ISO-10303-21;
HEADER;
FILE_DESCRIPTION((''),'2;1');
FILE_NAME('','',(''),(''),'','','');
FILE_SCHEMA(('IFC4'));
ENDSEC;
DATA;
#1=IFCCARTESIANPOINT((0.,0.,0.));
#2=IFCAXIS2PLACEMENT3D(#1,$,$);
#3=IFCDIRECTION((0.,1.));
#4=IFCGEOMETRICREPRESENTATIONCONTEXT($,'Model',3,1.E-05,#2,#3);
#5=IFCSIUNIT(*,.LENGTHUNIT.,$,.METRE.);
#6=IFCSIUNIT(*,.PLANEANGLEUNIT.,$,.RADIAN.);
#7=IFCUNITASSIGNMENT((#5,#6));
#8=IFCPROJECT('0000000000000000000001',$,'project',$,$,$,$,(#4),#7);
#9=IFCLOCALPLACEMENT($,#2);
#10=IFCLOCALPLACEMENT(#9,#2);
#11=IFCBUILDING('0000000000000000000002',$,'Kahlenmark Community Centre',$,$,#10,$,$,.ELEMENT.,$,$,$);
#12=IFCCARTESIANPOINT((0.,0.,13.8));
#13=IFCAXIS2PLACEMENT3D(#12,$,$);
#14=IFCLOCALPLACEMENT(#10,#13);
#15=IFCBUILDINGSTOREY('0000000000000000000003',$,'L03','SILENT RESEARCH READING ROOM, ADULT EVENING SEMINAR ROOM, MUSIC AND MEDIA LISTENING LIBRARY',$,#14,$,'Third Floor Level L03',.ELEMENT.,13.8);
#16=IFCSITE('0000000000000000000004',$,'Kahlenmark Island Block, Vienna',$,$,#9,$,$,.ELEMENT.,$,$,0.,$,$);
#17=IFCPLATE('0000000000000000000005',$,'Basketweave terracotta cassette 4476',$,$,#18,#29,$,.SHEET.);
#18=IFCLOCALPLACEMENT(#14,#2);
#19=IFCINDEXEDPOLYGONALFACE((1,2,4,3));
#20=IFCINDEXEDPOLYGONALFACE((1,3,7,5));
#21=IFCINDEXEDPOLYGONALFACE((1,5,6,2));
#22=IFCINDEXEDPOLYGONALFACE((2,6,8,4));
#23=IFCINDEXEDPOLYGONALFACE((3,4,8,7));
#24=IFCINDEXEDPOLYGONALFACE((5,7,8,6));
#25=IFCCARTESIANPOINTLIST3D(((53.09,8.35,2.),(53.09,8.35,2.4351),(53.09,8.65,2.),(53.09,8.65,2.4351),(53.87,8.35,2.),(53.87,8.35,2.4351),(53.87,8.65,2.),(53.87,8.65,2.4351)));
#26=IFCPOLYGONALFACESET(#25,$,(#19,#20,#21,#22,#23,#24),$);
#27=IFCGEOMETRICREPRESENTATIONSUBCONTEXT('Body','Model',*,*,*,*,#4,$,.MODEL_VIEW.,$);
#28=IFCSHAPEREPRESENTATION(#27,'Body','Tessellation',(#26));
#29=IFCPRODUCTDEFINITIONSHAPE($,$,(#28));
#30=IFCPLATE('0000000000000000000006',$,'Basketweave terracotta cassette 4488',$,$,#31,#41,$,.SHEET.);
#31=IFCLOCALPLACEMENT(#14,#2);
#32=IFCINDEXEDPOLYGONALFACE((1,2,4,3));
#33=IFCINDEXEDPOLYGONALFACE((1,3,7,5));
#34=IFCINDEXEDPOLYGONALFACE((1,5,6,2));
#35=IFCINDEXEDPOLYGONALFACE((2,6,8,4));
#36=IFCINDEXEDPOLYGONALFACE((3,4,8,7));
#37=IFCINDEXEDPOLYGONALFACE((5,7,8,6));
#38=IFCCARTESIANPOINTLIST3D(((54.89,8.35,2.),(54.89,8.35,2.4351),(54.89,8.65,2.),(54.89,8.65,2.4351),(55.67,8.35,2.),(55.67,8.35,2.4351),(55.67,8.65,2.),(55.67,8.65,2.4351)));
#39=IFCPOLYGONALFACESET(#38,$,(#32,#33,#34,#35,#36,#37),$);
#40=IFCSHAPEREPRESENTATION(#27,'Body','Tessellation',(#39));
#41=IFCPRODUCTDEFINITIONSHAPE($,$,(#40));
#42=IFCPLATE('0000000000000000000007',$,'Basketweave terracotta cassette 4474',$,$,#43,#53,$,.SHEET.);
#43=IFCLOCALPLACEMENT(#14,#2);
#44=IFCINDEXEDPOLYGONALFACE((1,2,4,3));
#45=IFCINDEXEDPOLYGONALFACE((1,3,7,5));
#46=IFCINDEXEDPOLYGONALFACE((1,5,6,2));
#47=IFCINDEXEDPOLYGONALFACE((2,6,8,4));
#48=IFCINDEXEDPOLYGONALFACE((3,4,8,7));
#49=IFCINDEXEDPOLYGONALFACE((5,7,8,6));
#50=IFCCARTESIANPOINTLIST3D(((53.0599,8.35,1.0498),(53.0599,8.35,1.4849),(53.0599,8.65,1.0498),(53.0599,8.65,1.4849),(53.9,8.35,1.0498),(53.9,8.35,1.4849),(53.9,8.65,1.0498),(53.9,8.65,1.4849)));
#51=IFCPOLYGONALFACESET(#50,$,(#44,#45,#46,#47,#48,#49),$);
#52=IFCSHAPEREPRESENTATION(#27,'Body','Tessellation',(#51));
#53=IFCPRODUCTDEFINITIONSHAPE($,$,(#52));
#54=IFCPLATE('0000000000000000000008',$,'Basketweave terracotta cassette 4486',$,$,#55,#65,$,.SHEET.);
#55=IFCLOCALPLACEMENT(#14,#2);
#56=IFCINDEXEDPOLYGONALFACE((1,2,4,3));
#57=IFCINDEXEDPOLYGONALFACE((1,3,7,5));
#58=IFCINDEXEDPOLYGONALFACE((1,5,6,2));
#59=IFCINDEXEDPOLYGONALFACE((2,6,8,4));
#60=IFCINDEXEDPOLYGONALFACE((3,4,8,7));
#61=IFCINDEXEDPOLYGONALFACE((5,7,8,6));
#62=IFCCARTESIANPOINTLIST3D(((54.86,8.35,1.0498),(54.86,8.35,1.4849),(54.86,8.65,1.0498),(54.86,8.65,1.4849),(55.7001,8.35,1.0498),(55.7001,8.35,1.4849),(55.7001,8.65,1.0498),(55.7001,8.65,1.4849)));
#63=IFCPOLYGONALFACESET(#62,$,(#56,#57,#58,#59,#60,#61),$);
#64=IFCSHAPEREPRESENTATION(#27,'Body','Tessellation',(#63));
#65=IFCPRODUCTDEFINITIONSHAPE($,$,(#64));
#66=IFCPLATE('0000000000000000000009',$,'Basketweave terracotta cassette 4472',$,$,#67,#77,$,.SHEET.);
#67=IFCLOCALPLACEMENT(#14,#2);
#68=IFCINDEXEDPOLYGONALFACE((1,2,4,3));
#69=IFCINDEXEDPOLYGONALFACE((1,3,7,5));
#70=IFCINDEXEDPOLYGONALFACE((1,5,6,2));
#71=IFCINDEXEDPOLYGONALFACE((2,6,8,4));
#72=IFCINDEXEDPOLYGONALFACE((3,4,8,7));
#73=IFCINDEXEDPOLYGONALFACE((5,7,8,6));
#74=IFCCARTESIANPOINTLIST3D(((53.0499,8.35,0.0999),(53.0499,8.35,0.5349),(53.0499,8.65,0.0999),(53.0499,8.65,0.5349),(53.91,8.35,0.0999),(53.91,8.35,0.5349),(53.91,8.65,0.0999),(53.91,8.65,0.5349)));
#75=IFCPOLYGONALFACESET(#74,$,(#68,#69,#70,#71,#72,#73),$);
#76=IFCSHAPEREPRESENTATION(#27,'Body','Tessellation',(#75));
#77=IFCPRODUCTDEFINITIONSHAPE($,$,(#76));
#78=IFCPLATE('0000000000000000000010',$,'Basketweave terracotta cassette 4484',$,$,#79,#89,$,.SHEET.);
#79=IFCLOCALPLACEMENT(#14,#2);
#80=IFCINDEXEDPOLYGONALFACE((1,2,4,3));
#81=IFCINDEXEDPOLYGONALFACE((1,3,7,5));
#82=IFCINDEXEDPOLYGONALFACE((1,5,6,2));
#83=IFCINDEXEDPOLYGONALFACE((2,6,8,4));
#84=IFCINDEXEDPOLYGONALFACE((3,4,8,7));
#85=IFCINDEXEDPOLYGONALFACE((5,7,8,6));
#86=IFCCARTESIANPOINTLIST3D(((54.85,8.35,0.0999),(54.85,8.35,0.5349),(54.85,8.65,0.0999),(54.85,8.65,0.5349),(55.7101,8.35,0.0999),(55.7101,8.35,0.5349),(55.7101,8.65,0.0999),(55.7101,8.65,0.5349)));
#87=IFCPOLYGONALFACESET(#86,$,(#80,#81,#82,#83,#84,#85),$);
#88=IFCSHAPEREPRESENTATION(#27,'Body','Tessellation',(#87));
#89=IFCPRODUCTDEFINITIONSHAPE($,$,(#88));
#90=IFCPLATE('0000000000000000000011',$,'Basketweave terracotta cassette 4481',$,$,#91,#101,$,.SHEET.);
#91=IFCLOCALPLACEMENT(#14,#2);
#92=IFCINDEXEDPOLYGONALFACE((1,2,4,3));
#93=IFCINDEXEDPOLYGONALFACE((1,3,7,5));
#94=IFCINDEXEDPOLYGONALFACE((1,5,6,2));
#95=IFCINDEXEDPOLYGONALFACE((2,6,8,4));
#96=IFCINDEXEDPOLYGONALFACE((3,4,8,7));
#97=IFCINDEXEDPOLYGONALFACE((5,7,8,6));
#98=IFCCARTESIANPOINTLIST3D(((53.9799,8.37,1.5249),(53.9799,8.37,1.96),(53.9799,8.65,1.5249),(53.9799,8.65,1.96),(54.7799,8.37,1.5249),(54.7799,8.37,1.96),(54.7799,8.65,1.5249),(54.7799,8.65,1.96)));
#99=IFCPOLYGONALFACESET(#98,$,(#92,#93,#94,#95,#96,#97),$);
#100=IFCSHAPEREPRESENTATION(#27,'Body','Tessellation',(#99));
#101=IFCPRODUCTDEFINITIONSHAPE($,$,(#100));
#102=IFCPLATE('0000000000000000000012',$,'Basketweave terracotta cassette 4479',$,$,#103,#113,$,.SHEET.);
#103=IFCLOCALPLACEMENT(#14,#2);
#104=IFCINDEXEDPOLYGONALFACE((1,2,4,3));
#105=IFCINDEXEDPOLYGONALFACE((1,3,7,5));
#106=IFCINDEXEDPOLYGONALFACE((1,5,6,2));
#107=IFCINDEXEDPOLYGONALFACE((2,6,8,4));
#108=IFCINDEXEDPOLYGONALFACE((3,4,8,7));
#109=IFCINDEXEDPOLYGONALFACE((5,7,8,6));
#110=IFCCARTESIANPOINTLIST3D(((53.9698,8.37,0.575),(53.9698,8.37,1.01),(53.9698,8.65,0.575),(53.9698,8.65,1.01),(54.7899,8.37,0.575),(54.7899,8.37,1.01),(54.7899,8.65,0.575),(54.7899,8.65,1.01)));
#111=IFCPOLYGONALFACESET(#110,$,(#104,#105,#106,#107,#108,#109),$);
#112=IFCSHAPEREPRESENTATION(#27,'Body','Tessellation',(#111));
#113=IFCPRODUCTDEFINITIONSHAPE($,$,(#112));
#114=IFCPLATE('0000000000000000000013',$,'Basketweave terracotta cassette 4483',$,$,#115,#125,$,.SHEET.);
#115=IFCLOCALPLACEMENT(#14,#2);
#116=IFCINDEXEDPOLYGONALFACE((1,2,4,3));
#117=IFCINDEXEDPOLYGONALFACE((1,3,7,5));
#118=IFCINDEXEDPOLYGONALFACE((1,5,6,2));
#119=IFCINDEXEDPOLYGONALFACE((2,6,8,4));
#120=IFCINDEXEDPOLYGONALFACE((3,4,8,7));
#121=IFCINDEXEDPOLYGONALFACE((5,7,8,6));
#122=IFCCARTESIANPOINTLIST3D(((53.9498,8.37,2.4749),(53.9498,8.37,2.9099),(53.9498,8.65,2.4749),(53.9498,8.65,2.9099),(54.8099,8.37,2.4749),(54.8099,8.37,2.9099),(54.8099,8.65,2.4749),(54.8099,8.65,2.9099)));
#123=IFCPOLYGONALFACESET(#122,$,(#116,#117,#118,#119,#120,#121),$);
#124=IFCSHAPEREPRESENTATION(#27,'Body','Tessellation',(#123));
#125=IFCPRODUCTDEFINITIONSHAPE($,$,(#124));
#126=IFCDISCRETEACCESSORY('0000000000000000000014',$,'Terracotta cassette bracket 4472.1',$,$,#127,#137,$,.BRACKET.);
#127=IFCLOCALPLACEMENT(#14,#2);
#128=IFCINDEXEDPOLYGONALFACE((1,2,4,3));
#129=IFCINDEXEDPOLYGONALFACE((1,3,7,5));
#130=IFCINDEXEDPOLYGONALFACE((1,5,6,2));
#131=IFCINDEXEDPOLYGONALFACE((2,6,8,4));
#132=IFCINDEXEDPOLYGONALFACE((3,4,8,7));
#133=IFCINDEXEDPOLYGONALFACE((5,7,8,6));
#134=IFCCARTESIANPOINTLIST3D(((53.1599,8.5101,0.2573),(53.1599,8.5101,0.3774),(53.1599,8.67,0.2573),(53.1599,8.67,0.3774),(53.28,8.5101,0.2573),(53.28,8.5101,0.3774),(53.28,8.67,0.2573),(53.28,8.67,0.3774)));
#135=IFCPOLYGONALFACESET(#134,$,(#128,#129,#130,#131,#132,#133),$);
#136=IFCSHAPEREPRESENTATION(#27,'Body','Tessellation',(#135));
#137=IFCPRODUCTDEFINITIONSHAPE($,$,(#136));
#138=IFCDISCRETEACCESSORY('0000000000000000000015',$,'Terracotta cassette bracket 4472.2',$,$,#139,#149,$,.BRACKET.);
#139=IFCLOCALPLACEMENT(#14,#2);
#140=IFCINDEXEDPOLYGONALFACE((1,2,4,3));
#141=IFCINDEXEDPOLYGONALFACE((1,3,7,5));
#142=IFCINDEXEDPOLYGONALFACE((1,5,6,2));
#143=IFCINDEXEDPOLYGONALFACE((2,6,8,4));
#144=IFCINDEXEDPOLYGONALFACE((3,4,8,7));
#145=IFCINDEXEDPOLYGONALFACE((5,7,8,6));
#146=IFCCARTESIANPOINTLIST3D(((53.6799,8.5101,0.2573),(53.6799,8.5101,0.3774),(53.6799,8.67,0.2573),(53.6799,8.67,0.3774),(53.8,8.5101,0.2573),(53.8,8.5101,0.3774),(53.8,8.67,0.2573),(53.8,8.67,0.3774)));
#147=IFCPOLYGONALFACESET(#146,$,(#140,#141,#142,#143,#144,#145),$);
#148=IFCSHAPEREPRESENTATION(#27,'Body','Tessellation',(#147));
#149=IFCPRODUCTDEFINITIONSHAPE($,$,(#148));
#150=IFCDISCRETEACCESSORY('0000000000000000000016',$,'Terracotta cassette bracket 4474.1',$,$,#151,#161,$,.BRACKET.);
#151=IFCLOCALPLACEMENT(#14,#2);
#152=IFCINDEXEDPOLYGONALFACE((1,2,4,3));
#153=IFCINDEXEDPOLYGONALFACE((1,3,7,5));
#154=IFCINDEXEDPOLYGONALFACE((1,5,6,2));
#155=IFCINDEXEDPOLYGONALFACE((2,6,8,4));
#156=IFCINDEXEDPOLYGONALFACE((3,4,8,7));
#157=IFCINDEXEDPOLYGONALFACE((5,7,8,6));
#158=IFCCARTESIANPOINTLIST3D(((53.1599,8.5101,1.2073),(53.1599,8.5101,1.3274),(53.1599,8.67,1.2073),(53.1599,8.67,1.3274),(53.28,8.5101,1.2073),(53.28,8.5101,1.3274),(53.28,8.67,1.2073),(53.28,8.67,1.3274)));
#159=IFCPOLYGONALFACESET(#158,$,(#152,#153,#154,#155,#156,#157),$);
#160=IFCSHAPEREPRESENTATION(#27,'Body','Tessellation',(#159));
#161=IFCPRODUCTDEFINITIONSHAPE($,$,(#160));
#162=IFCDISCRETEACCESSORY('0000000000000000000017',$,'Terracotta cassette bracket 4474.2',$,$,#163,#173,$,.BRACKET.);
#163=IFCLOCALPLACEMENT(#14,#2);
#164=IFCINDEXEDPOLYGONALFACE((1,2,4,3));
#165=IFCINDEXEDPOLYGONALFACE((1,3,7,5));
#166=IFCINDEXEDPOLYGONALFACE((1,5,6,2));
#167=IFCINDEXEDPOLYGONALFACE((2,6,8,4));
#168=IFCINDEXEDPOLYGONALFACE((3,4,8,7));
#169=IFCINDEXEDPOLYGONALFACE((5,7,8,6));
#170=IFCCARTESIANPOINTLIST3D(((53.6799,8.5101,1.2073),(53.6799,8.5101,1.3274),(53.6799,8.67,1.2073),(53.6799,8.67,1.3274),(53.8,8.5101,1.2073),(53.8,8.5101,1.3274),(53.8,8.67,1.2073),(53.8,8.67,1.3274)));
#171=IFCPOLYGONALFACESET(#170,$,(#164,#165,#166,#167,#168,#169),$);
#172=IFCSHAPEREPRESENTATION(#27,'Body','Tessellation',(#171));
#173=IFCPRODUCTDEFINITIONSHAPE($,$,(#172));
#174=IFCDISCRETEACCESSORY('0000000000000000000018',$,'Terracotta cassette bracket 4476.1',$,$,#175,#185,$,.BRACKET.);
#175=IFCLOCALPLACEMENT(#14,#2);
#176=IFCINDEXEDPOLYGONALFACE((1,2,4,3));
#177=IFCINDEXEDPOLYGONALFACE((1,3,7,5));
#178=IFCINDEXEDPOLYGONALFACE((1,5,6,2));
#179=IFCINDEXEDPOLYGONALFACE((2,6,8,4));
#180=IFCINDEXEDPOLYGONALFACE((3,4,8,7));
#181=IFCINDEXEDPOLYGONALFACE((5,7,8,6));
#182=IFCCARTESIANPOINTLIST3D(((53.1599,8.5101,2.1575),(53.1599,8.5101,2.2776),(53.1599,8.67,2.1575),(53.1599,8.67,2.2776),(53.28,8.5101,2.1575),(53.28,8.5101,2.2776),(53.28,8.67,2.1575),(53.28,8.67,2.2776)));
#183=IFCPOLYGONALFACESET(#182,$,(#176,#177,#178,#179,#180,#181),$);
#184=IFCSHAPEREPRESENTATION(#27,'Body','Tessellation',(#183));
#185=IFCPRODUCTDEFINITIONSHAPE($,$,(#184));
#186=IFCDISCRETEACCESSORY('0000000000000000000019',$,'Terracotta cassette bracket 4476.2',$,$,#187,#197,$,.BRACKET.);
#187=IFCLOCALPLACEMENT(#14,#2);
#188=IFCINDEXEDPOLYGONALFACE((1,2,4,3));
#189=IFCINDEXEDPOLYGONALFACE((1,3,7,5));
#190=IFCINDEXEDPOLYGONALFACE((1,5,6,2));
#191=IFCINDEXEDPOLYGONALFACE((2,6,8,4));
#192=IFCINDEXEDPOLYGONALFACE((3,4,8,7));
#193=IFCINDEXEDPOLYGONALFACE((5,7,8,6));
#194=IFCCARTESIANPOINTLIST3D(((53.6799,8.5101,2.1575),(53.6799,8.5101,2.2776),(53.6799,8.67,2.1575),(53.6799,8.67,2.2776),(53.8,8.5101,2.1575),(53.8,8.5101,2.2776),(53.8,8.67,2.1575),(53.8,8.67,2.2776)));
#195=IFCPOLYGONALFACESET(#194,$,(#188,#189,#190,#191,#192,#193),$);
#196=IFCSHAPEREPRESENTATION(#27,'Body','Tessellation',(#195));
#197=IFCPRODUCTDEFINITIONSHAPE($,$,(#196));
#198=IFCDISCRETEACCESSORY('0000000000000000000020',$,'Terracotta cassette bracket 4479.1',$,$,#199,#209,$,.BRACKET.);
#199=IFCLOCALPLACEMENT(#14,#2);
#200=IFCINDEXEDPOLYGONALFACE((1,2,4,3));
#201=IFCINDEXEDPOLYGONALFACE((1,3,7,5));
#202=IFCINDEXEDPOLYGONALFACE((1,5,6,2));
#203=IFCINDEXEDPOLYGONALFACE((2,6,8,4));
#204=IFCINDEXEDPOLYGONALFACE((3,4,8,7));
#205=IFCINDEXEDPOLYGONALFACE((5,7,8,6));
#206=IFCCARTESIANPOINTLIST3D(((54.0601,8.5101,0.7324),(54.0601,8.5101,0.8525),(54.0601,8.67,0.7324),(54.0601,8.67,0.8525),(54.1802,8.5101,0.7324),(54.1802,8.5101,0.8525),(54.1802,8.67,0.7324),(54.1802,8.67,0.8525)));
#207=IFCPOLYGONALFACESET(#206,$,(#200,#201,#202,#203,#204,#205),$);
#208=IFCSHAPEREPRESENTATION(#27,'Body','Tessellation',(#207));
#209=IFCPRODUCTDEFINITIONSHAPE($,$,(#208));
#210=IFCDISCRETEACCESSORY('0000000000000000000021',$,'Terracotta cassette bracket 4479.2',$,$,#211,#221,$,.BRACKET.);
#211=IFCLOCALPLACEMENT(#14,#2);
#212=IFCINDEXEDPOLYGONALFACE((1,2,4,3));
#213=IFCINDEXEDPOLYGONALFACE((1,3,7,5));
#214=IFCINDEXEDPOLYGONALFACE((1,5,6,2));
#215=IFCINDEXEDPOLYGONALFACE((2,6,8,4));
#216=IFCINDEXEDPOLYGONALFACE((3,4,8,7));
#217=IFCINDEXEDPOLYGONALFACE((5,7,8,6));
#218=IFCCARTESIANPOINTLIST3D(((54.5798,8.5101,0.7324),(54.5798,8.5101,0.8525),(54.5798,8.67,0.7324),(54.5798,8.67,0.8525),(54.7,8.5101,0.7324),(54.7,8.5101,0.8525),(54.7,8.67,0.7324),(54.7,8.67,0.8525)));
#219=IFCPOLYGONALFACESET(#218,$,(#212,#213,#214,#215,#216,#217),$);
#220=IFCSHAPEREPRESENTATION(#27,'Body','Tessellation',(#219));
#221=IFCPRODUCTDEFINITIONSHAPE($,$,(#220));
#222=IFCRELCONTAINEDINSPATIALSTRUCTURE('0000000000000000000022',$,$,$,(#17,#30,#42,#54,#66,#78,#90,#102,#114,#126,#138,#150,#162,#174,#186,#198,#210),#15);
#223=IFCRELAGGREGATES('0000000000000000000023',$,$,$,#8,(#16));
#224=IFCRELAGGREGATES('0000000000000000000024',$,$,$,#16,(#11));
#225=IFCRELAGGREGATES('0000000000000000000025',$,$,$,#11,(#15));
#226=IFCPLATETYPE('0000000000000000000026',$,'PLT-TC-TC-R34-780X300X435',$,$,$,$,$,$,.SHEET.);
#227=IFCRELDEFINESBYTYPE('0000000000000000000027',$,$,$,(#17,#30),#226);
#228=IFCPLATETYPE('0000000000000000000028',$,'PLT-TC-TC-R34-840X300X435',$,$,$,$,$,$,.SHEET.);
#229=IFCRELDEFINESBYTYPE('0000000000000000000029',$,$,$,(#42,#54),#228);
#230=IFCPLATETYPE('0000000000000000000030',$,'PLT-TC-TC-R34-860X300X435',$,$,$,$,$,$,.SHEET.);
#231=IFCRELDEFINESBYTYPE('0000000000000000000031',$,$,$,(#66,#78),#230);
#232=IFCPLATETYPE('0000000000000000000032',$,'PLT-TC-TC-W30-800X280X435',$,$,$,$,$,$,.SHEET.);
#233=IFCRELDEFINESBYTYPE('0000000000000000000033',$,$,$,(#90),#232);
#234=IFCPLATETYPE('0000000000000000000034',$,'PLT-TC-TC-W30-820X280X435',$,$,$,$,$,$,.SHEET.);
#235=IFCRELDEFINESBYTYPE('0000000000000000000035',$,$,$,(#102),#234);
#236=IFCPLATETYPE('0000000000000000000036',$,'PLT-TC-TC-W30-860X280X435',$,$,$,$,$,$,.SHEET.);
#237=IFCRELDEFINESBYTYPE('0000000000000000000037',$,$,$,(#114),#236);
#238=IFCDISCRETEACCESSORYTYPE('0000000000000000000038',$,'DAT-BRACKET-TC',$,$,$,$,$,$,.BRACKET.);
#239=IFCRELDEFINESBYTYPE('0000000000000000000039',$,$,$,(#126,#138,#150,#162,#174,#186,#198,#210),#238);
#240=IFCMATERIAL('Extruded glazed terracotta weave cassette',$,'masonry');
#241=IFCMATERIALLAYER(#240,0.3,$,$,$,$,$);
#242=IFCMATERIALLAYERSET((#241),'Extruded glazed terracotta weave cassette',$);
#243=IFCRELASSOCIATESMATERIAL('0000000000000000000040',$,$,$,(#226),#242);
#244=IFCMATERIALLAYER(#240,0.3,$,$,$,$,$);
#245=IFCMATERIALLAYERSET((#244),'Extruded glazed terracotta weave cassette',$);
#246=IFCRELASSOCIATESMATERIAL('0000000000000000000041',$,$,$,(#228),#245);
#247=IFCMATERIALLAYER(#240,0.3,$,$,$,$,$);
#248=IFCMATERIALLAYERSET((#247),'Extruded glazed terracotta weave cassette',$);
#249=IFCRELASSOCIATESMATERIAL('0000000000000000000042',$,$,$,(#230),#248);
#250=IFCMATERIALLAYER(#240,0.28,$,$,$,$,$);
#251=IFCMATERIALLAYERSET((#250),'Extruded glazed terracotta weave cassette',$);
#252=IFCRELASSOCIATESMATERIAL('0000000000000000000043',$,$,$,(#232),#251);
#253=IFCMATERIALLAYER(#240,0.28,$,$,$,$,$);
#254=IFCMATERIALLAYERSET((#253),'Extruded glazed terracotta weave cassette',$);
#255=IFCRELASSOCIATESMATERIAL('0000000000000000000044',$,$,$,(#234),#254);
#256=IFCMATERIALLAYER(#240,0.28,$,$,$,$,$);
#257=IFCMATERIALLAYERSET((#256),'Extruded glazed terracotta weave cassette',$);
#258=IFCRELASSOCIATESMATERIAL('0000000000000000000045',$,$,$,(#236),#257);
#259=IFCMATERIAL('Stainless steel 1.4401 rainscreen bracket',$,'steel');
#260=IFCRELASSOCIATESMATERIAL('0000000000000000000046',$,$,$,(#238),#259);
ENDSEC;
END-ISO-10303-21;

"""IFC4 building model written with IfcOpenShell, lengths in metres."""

from ifc_helpers import new_model, si_unit, direction, frame, origin, origin_2d, place, context, subcontext, project, spatial, rectangle, extrude, material, layer, layer_set, type_object, element, save


model = new_model("IFC4")

# Units and contexts
model_context = context("Model", 3, precision=1e-05, world=origin(), true_north=direction((0.0, 1.0)))
body_context = subcontext(model_context, "Body", "Model", "MODEL_VIEW")
ifc_project = project(units=[si_unit("LENGTHUNIT", "METRE"), si_unit("PLANEANGLEUNIT", "RADIAN")], contexts=[model_context])

# Site, building, storey
site_placement = place(None, origin())
site = spatial("IfcSite", under=ifc_project, at=site_placement, Name="Kahlenmark Island Block, Vienna", CompositionType="ELEMENT", RefElevation=0.0)
building_placement = place(site_placement, origin())
building = spatial("IfcBuilding", under=site, at=building_placement, Name="Kahlenmark Community Centre", CompositionType="ELEMENT")
storey_placement = place(building_placement, frame((0.0, 0.0, 13.8)))
storey = spatial("IfcBuildingStorey", under=building, at=storey_placement, Name="L03", Description="SILENT RESEARCH READING ROOM, ADULT EVENING SEMINAR ROOM, MUSIC AND MEDIA LISTENING LIBRARY", LongName="Third Floor Level L03", CompositionType="ELEMENT", Elevation=13.8)

# Plates
ifc_material_1 = material(Name="Extruded glazed terracotta weave cassette", Category="masonry")
ifc_layer_1 = layer(ifc_material_1, 0.3)
ifc_layer_set_1 = layer_set([ifc_layer_1], Name="Extruded glazed terracotta weave cassette")
plate_type_1 = type_object("IfcPlateType", Name="PLT-TC-TC-R34-780X300X435", PredefinedType="SHEET", material=ifc_layer_set_1)
for number, where, z_axis, x_axis, name in (
    (1, (53.48, 8.5, 2.0), (0.0, 0.0, 1.0), (1.0, 0.0, 0.0), "Basketweave terracotta cassette 4476"),
    (2, (55.28, 8.5, 2.0), (0.0, 0.0, 1.0), (1.0, 0.0, 0.0), "Basketweave terracotta cassette 4488"),
):
    element("IfcPlate", number, at=place(storey_placement, frame(where, z_axis=z_axis, x_axis=x_axis)), inside=storey, type_object=plate_type_1, Name=name, PredefinedType="SHEET", context=body_context, shape_type="SweptSolid", body=[
        extrude(rectangle(XDim=0.78, YDim=0.3, at=origin_2d()), origin(), (0.0, 0.0, 1.0), 0.4351),
    ])
ifc_layer_2 = layer(ifc_material_1, 0.3)
ifc_layer_set_2 = layer_set([ifc_layer_2], Name="Extruded glazed terracotta weave cassette")
plate_type_2 = type_object("IfcPlateType", Name="PLT-TC-TC-R34-840X300X435", PredefinedType="SHEET", material=ifc_layer_set_2)
for number, where, z_axis, x_axis, name in (
    (3, (53.48, 8.5, 1.0498), (0.0, 0.0, 1.0), (1.0, 0.0, 0.0), "Basketweave terracotta cassette 4474"),
    (4, (55.28, 8.5, 1.0498), (0.0, 0.0, 1.0), (1.0, 0.0, 0.0), "Basketweave terracotta cassette 4486"),
):
    element("IfcPlate", number, at=place(storey_placement, frame(where, z_axis=z_axis, x_axis=x_axis)), inside=storey, type_object=plate_type_2, Name=name, PredefinedType="SHEET", context=body_context, shape_type="SweptSolid", body=[
        extrude(rectangle(XDim=0.8401, YDim=0.3, at=origin_2d()), origin(), (0.0, 0.0, 1.0), 0.4351),
    ])
ifc_layer_3 = layer(ifc_material_1, 0.3)
ifc_layer_set_3 = layer_set([ifc_layer_3], Name="Extruded glazed terracotta weave cassette")
plate_type_3 = type_object("IfcPlateType", Name="PLT-TC-TC-R34-860X300X435", PredefinedType="SHEET", material=ifc_layer_set_3)
for number, where, z_axis, x_axis, name in (
    (5, (53.48, 8.5, 0.0999), (0.0, 0.0, 1.0), (1.0, 0.0, 0.0), "Basketweave terracotta cassette 4472"),
    (6, (55.28, 8.5, 0.0999), (0.0, 0.0, 1.0), (1.0, 0.0, 0.0), "Basketweave terracotta cassette 4484"),
):
    element("IfcPlate", number, at=place(storey_placement, frame(where, z_axis=z_axis, x_axis=x_axis)), inside=storey, type_object=plate_type_3, Name=name, PredefinedType="SHEET", context=body_context, shape_type="SweptSolid", body=[
        extrude(rectangle(XDim=0.8601, YDim=0.3, at=origin_2d()), origin(), (0.0, 0.0, 1.0), 0.4351),
    ])
ifc_layer_4 = layer(ifc_material_1, 0.28)
ifc_layer_set_4 = layer_set([ifc_layer_4], Name="Extruded glazed terracotta weave cassette")
plate_type_4 = type_object("IfcPlateType", Name="PLT-TC-TC-W30-800X280X435", PredefinedType="SHEET", material=ifc_layer_set_4)
plate_1_placement = place(storey_placement, frame((54.3799, 8.51, 1.5249), z_axis=(0.0, 0.0, 1.0), x_axis=(1.0, 0.0, 0.0)))
element("IfcPlate", 7, at=plate_1_placement, inside=storey, type_object=plate_type_4, Name="Basketweave terracotta cassette 4481", PredefinedType="SHEET", context=body_context, shape_type="SweptSolid", body=[
    extrude(rectangle(XDim=0.8, YDim=0.28, at=origin_2d()), origin(), (0.0, 0.0, 1.0), 0.4351),
])
ifc_layer_5 = layer(ifc_material_1, 0.28)
ifc_layer_set_5 = layer_set([ifc_layer_5], Name="Extruded glazed terracotta weave cassette")
plate_type_5 = type_object("IfcPlateType", Name="PLT-TC-TC-W30-820X280X435", PredefinedType="SHEET", material=ifc_layer_set_5)
plate_2_placement = place(storey_placement, frame((54.3799, 8.51, 0.575), z_axis=(0.0, 0.0, 1.0), x_axis=(1.0, 0.0, 0.0)))
element("IfcPlate", 8, at=plate_2_placement, inside=storey, type_object=plate_type_5, Name="Basketweave terracotta cassette 4479", PredefinedType="SHEET", context=body_context, shape_type="SweptSolid", body=[
    extrude(rectangle(XDim=0.8201, YDim=0.28, at=origin_2d()), origin(), (0.0, 0.0, 1.0), 0.4351),
])
ifc_layer_6 = layer(ifc_material_1, 0.28)
ifc_layer_set_6 = layer_set([ifc_layer_6], Name="Extruded glazed terracotta weave cassette")
plate_type_6 = type_object("IfcPlateType", Name="PLT-TC-TC-W30-860X280X435", PredefinedType="SHEET", material=ifc_layer_set_6)
plate_3_placement = place(storey_placement, frame((54.3799, 8.51, 2.4749), z_axis=(0.0, 0.0, 1.0), x_axis=(1.0, 0.0, 0.0)))
element("IfcPlate", 9, at=plate_3_placement, inside=storey, type_object=plate_type_6, Name="Basketweave terracotta cassette 4483", PredefinedType="SHEET", context=body_context, shape_type="SweptSolid", body=[
    extrude(rectangle(XDim=0.8601, YDim=0.28, at=origin_2d()), origin(), (0.0, 0.0, 1.0), 0.4351),
])

# Discrete accessories
ifc_material_2 = material(Name="Stainless steel 1.4401 rainscreen bracket", Category="steel")
discrete_accessory_type = type_object("IfcDiscreteAccessoryType", Name="DAT-BRACKET-TC", PredefinedType="BRACKET", material=ifc_material_2)
for number, where, z_axis, x_axis, name in (
    (10, (53.22, 8.5901, 0.2573), (0.0, 0.0, 1.0), (1.0, 0.0, 0.0), "Terracotta cassette bracket 4472.1"),
    (11, (53.74, 8.5901, 0.2573), (0.0, 0.0, 1.0), (1.0, 0.0, 0.0), "Terracotta cassette bracket 4472.2"),
    (12, (53.22, 8.5901, 1.2073), (0.0, 0.0, 1.0), (1.0, 0.0, 0.0), "Terracotta cassette bracket 4474.1"),
    (13, (53.74, 8.5901, 1.2073), (0.0, 0.0, 1.0), (1.0, 0.0, 0.0), "Terracotta cassette bracket 4474.2"),
    (14, (53.22, 8.5901, 2.1575), (0.0, 0.0, 1.0), (1.0, 0.0, 0.0), "Terracotta cassette bracket 4476.1"),
    (15, (53.74, 8.5901, 2.1575), (0.0, 0.0, 1.0), (1.0, 0.0, 0.0), "Terracotta cassette bracket 4476.2"),
    (16, (54.1201, 8.5901, 0.7324), (0.0, 0.0, 1.0), (1.0, 0.0, 0.0), "Terracotta cassette bracket 4479.1"),
    (17, (54.6399, 8.5901, 0.7324), (0.0, 0.0, 1.0), (1.0, 0.0, 0.0), "Terracotta cassette bracket 4479.2"),
):
    element("IfcDiscreteAccessory", number, at=place(storey_placement, frame(where, z_axis=z_axis, x_axis=x_axis)), inside=storey, type_object=discrete_accessory_type, Name=name, PredefinedType="BRACKET", context=body_context, shape_type="SweptSolid", body=[
        extrude(rectangle(XDim=0.1201, YDim=0.1599, at=origin_2d()), origin(), (0.0, 0.0, 1.0), 0.1201),
    ])

save(model, "model.ifc")
